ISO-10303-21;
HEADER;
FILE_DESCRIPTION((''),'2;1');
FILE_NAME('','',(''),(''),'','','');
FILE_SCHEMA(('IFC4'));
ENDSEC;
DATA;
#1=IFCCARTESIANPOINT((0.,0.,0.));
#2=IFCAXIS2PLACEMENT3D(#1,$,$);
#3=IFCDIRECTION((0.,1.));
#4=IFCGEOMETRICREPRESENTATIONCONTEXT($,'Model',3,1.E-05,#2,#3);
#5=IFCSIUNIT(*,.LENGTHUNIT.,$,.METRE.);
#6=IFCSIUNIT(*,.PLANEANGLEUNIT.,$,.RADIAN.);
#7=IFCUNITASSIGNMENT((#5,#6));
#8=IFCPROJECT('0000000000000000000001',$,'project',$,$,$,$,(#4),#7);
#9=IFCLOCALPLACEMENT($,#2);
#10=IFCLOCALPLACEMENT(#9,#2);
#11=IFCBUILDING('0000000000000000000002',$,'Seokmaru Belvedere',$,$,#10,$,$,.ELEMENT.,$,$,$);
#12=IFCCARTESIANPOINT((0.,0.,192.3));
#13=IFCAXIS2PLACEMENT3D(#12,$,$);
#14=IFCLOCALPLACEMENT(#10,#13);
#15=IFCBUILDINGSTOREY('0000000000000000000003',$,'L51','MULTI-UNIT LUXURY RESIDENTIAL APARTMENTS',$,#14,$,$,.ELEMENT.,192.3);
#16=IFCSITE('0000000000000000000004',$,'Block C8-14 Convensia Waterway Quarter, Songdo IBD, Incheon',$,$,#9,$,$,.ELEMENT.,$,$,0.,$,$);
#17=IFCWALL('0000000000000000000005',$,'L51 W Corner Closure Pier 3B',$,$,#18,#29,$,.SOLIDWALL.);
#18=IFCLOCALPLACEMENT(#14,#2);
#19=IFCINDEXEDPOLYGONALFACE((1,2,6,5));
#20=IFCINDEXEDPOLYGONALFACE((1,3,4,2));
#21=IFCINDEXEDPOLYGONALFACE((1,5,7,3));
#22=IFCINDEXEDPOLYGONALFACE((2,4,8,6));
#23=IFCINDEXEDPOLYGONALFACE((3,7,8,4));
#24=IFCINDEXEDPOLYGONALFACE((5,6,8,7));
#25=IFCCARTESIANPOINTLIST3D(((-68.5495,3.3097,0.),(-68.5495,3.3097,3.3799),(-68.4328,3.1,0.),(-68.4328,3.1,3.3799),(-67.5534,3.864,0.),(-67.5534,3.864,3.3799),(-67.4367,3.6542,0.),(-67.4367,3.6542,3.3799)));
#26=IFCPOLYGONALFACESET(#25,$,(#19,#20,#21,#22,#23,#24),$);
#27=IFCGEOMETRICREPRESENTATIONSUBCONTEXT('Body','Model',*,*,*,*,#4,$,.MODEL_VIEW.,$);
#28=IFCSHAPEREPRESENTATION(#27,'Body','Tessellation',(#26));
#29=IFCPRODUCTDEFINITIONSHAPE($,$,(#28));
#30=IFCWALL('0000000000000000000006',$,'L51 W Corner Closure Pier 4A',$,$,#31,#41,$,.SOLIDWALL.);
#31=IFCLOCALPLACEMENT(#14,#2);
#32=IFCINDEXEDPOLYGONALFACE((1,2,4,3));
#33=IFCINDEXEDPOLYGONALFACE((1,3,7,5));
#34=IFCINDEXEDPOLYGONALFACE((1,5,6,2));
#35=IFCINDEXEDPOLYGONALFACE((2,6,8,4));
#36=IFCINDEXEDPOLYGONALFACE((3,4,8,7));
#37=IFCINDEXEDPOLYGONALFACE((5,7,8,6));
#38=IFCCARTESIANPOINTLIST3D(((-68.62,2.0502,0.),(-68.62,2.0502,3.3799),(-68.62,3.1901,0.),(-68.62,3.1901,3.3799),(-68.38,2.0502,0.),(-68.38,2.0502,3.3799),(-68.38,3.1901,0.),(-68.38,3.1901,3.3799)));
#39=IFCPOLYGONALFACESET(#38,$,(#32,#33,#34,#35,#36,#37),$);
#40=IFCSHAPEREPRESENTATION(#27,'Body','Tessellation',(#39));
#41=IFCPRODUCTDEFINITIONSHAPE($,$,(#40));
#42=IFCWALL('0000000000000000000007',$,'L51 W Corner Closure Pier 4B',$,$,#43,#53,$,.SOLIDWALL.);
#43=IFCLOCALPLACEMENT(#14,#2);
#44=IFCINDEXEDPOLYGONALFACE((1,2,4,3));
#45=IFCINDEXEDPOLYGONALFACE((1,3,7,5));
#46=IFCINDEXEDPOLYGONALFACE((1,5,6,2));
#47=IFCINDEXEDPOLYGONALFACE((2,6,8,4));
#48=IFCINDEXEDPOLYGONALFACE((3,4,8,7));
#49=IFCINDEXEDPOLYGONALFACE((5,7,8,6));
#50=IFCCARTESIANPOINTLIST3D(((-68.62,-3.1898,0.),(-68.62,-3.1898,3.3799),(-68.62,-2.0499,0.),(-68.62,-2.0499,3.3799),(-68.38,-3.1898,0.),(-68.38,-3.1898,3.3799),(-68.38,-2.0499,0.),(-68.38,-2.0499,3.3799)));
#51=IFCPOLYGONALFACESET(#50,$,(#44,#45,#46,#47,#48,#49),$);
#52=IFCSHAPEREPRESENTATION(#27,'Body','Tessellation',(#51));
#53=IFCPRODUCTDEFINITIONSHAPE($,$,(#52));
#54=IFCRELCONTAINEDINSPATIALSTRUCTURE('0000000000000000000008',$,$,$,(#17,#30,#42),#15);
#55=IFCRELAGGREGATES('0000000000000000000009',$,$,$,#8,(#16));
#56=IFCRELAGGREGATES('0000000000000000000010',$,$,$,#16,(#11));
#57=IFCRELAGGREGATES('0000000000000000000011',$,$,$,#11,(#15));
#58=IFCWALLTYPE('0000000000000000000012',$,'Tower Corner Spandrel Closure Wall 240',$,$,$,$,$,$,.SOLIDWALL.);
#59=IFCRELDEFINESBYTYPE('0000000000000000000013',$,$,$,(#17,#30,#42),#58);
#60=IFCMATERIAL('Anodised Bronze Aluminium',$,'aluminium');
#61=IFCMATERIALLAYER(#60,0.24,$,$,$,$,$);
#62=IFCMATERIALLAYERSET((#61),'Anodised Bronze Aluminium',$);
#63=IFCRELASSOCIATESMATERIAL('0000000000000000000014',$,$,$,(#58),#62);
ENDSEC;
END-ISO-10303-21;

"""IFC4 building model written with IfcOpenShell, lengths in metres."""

from ifc_helpers import new_model, si_unit, direction, frame, frame_2d, origin, place, context, subcontext, project, spatial, rectangle, extrude, material, layer, layer_set, type_object, element, save


model = new_model("IFC4")

# Units and contexts
model_context = context("Model", 3, precision=1e-05, world=origin(), true_north=direction((0.0, 1.0)))
body_context = subcontext(model_context, "Body", "Model", "MODEL_VIEW")
ifc_project = project(units=[si_unit("LENGTHUNIT", "METRE"), si_unit("PLANEANGLEUNIT", "RADIAN")], contexts=[model_context])

# Site, building, storey
site_placement = place(None, origin())
site = spatial("IfcSite", under=ifc_project, at=site_placement, Name="Block C8-14 Convensia Waterway Quarter, Songdo IBD, Incheon", CompositionType="ELEMENT", RefElevation=0.0)
building_placement = place(site_placement, origin())
building = spatial("IfcBuilding", under=site, at=building_placement, Name="Seokmaru Belvedere", CompositionType="ELEMENT")
storey_placement = place(building_placement, frame((0.0, 0.0, 192.3)))
storey = spatial("IfcBuildingStorey", under=building, at=storey_placement, Name="L51", Description="MULTI-UNIT LUXURY RESIDENTIAL APARTMENTS", CompositionType="ELEMENT", Elevation=192.3)

# Shared definitions
ifc_material_1 = material(Name="Anodised Bronze Aluminium", Category="aluminium")

# Walls
ifc_layer_1 = layer(ifc_material_1, 0.24)
ifc_layer_set_1 = layer_set([ifc_layer_1], Name="Anodised Bronze Aluminium")
wall_type_1 = type_object("IfcWallType", Name="Tower Corner Spandrel Closure Wall 240", PredefinedType="SOLIDWALL", material=ifc_layer_set_1)
for number, where, z_axis, x_axis, name in (
    (1, (-67.4951, 3.759, 0.0), (0.0, 0.0, 1.0), (-0.873854, -0.486188, 0.0), "L51 W Corner Closure Pier 3B"),
    (2, (-68.5, 3.1899, 0.0), (0.0, 0.0, 1.0), (0.0, -1.0, 0.0), "L51 W Corner Closure Pier 4A"),
    (3, (-68.5, -2.05, 0.0), (0.0, 0.0, 1.0), (0.0, -1.0, 0.0), "L51 W Corner Closure Pier 4B"),
):
    element("IfcWall", number, at=place(storey_placement, frame(where, z_axis=z_axis, x_axis=x_axis)), inside=storey, type_object=wall_type_1, Name=name, PredefinedType="SOLIDWALL", context=body_context, shape_type="SweptSolid", body=[
        extrude(rectangle(XDim=1.1399, YDim=0.24, at=frame_2d((0.5698, 0.0))), origin(), (0.0, 0.0, 1.0), 3.3799),
    ])

save(model, "model.ifc")
